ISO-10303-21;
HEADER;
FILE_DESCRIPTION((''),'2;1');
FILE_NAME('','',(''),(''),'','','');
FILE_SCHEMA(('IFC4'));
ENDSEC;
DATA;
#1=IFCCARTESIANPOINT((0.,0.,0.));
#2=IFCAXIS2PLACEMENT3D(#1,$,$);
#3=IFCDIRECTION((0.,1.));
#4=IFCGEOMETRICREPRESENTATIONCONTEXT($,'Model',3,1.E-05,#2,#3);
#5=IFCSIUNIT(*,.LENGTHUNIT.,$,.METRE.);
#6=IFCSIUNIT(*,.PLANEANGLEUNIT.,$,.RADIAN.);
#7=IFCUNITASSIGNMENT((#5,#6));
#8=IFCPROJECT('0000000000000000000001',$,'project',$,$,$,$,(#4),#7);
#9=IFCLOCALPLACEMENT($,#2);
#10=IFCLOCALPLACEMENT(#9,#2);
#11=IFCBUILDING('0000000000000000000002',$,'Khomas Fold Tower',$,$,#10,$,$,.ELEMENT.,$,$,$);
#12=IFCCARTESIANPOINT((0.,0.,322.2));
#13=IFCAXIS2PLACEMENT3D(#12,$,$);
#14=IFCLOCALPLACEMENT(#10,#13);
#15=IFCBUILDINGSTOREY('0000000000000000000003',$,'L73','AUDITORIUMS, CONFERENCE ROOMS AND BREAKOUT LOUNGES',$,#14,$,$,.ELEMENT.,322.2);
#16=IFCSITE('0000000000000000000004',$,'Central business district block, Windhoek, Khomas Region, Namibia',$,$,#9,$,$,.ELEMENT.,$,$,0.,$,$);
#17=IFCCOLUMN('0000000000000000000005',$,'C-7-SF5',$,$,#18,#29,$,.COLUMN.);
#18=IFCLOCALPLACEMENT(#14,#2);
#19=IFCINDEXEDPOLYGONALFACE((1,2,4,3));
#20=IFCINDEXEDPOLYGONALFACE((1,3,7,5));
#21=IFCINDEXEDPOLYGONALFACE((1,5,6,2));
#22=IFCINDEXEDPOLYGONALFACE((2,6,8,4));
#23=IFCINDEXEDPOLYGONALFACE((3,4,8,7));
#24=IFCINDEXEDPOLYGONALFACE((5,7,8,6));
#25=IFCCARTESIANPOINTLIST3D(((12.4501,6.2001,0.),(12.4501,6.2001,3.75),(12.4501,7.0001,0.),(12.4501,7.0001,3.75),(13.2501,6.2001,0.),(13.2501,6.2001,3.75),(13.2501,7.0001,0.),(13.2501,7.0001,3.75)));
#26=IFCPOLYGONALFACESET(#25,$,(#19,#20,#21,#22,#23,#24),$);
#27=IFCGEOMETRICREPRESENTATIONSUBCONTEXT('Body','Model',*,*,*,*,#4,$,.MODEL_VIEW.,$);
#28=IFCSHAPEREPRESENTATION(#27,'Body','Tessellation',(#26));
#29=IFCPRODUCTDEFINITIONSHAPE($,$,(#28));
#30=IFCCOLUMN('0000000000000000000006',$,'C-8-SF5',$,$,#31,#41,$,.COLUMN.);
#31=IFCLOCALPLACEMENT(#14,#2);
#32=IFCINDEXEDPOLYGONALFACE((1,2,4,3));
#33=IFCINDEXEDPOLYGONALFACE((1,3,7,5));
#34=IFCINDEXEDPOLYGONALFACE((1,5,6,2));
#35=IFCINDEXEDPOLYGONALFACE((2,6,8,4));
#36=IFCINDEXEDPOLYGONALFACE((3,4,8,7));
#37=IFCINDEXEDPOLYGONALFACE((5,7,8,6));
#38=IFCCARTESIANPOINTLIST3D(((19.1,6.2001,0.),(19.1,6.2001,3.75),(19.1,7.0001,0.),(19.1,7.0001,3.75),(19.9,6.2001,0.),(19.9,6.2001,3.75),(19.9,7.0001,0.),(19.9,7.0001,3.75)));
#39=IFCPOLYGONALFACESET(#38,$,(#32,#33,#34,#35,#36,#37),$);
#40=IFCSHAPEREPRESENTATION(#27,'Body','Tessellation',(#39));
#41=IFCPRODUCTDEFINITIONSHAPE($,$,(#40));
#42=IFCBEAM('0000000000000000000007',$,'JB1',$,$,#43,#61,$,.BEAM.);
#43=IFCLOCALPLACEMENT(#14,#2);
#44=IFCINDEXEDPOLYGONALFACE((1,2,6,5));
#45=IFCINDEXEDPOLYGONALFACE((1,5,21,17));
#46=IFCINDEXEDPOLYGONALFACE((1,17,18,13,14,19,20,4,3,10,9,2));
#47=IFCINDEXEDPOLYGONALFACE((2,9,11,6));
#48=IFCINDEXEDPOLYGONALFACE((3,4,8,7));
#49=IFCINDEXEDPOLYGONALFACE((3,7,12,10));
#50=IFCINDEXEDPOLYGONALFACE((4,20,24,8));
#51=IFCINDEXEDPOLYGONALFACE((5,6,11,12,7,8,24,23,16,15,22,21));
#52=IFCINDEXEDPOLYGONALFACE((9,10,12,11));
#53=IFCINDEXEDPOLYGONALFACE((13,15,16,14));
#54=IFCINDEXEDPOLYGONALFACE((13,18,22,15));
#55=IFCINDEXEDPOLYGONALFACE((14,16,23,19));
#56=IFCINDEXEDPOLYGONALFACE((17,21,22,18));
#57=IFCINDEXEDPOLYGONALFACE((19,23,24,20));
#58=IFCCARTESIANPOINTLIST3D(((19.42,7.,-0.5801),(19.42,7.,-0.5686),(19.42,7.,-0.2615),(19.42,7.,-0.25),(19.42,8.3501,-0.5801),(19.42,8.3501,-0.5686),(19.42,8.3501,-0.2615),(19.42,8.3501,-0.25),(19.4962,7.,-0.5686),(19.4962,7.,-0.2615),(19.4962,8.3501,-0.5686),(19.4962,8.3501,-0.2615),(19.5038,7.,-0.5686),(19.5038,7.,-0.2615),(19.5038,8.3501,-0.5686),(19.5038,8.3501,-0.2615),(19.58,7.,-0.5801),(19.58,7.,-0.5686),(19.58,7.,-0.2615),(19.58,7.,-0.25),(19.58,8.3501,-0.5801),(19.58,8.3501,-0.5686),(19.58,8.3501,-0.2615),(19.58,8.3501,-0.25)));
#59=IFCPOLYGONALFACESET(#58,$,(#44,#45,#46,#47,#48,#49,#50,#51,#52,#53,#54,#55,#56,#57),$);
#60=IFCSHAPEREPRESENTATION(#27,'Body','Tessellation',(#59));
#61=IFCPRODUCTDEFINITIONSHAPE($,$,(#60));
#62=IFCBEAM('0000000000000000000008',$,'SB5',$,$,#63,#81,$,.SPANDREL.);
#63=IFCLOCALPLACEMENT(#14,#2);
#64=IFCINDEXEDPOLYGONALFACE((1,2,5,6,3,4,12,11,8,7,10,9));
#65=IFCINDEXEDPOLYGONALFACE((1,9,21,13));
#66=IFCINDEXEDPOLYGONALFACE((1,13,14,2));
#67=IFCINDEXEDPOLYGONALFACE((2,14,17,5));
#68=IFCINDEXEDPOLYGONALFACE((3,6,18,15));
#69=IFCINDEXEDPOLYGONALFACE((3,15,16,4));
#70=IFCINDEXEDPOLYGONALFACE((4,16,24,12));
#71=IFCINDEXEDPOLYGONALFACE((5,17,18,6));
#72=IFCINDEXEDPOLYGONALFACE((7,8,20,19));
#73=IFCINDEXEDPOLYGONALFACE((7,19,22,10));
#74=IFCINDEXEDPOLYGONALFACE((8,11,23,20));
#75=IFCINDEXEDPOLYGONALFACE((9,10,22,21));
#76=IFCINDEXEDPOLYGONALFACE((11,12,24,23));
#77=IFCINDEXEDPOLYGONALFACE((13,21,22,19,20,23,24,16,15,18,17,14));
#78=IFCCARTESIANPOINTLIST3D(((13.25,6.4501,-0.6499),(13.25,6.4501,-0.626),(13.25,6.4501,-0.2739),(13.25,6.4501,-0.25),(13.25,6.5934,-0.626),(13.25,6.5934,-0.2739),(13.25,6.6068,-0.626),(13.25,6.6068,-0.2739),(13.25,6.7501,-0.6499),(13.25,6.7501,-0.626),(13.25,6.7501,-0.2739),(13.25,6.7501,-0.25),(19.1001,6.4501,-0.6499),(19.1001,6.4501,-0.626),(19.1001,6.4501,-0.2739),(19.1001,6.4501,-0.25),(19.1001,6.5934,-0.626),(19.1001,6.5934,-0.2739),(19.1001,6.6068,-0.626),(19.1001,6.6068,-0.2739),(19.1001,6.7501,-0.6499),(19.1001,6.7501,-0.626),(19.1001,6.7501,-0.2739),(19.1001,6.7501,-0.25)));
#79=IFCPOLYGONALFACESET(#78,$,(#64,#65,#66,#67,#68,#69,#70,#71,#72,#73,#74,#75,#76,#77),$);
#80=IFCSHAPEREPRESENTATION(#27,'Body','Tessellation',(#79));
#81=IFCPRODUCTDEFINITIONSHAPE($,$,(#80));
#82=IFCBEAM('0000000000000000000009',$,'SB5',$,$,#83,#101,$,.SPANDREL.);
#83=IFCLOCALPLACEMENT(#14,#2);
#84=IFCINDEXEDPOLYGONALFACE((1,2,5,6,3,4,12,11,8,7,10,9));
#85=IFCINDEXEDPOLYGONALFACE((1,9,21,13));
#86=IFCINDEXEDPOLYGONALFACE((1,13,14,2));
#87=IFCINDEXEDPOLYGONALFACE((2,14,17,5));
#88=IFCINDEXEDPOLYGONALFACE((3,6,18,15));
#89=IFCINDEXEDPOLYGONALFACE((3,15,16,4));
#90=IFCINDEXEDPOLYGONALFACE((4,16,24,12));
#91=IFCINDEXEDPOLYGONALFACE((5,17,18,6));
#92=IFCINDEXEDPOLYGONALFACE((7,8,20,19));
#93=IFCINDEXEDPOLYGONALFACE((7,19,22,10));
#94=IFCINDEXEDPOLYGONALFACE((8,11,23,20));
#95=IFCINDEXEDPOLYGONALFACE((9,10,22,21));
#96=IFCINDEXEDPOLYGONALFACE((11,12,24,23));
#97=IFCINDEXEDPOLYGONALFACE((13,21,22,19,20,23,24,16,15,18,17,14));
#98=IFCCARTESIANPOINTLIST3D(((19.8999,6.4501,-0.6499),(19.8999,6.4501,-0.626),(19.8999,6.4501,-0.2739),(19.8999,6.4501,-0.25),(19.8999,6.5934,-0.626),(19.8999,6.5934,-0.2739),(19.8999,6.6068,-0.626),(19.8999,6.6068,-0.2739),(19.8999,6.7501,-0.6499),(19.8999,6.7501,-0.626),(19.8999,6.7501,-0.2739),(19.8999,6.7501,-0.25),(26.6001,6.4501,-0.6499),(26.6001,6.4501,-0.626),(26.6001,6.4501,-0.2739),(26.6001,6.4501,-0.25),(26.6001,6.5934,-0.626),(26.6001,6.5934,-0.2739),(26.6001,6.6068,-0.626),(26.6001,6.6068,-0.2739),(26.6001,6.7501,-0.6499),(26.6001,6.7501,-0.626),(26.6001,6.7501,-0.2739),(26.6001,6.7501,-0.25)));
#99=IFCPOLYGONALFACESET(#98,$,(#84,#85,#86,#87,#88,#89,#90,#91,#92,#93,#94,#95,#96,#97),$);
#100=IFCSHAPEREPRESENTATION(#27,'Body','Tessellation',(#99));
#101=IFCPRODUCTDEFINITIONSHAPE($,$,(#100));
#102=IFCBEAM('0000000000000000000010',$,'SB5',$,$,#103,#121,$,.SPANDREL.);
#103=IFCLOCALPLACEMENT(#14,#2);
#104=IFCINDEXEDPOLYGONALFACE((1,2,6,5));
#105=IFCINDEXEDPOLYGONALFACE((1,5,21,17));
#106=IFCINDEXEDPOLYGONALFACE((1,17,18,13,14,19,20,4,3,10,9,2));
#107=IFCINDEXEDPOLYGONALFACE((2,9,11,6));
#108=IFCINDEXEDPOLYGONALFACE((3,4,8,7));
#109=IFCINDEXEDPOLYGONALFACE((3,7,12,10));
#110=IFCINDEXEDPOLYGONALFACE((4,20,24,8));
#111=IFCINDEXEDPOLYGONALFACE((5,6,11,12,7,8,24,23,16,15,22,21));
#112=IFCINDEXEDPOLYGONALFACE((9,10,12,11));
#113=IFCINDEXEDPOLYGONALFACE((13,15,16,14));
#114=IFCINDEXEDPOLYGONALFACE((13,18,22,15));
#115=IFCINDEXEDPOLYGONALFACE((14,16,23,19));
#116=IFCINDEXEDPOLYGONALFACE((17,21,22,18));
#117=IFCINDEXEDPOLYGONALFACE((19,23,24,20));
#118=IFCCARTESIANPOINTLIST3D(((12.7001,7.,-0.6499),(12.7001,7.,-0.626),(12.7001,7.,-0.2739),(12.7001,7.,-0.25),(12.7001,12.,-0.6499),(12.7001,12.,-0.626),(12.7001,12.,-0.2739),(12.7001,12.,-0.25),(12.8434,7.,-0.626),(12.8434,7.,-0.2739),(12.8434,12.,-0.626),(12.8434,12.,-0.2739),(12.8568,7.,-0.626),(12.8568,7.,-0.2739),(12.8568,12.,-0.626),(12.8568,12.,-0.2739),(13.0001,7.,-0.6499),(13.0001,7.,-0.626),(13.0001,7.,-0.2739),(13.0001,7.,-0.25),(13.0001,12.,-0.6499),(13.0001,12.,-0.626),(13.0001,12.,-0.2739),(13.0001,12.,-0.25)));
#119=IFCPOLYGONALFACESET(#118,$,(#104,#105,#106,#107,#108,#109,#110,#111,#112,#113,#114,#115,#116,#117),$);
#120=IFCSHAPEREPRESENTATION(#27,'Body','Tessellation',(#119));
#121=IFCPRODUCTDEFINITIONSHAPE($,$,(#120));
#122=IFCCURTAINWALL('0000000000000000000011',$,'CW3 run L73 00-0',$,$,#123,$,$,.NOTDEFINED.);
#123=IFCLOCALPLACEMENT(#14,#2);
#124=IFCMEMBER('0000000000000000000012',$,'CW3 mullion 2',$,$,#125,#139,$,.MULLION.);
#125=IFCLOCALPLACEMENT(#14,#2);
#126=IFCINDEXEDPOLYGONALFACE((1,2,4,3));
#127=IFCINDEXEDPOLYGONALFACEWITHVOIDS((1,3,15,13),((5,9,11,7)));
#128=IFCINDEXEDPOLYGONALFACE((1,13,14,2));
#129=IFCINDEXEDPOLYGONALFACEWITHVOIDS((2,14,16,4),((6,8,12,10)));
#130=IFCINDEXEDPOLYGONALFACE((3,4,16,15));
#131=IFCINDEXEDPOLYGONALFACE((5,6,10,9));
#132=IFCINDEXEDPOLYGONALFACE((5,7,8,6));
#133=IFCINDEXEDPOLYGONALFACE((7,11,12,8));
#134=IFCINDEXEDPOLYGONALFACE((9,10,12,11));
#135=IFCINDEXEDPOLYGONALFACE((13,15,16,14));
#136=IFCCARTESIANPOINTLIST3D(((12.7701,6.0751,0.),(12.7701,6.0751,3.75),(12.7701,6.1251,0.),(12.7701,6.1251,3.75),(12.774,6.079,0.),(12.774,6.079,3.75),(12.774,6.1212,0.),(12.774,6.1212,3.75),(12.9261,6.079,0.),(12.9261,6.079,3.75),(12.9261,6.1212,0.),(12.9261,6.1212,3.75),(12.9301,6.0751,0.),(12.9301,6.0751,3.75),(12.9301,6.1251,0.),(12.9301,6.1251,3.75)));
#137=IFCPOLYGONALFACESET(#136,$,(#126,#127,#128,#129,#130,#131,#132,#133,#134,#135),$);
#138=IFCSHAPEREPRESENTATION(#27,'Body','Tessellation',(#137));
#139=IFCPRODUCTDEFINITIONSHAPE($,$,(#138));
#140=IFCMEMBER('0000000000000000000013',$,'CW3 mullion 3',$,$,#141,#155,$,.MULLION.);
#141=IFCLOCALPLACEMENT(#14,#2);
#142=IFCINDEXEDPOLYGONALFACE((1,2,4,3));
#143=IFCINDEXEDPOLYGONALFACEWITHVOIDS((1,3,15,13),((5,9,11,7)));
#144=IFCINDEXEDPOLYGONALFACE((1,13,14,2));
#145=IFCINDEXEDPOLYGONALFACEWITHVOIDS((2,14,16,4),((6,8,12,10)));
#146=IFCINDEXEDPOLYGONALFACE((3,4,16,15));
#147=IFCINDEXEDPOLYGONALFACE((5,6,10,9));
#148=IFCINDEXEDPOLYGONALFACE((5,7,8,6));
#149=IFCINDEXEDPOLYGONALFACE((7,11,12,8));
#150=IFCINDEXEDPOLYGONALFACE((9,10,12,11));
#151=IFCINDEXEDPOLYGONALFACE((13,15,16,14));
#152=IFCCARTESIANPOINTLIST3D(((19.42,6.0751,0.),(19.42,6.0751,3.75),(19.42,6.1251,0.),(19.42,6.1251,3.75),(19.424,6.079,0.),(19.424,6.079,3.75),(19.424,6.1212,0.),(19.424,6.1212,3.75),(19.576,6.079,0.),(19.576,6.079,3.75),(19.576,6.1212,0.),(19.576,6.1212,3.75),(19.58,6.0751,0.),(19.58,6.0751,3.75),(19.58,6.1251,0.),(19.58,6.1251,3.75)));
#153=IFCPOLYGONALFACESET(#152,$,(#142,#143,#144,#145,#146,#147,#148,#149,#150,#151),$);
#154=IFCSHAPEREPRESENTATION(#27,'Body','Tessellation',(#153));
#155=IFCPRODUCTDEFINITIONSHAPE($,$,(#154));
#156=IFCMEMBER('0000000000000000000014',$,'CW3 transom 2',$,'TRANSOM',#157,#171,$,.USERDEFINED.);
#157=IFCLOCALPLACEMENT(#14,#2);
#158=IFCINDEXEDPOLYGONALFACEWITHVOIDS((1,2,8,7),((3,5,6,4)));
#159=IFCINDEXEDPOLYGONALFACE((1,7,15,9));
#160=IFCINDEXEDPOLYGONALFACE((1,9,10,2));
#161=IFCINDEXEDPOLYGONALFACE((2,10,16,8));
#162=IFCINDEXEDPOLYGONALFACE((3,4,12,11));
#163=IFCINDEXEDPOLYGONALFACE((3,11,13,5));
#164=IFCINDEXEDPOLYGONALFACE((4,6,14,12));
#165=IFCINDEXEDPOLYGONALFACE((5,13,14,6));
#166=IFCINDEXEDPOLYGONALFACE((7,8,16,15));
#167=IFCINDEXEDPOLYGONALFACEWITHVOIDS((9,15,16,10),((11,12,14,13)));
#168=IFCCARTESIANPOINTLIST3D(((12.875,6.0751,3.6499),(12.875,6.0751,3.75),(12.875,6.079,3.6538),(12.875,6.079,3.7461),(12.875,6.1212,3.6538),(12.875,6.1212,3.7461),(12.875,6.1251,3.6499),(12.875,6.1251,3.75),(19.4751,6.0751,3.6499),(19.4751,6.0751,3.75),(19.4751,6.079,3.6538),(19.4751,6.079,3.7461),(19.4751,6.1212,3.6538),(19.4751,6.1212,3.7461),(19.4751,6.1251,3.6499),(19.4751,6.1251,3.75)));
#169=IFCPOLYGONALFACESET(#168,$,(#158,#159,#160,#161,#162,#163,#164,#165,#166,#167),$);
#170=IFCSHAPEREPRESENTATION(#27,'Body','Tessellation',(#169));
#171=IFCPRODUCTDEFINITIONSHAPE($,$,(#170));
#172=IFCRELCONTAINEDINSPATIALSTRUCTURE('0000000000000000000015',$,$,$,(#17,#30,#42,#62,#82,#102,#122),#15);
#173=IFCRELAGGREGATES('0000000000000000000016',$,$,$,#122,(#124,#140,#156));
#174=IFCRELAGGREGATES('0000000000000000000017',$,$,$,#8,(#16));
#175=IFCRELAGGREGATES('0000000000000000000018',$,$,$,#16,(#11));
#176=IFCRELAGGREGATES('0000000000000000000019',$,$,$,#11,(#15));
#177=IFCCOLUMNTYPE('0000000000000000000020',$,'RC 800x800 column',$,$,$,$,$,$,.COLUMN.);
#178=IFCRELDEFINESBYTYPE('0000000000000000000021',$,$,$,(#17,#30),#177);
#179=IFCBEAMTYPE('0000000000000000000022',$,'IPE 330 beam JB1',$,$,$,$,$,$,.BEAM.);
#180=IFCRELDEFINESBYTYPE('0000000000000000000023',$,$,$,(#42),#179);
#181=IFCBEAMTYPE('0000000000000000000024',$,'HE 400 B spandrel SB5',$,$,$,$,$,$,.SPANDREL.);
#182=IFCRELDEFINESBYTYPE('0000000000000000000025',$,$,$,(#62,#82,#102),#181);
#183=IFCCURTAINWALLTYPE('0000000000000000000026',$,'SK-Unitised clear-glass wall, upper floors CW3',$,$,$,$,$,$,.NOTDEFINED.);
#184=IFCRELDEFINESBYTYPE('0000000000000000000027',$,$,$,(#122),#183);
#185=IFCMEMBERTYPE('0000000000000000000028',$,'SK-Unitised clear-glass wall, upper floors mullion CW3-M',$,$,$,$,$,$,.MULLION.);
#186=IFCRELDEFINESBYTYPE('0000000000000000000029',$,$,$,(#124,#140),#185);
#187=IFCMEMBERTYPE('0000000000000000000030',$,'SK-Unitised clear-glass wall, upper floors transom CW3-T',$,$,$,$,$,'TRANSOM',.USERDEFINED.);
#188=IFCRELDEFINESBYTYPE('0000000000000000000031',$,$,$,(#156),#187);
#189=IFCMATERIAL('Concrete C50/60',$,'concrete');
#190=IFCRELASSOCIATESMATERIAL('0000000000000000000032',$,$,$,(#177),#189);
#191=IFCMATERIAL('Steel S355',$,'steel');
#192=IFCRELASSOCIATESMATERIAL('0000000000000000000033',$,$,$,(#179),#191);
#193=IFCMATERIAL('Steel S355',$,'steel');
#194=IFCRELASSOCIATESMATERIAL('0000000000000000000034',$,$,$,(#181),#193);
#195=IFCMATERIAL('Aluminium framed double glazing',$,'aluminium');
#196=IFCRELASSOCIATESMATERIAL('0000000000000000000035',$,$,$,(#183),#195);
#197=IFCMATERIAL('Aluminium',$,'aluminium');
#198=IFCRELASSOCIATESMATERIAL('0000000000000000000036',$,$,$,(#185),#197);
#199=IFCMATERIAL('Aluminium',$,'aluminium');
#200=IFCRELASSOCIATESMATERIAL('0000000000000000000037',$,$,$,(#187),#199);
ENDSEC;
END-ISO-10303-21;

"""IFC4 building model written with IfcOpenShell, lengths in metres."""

from ifc_helpers import new_model, si_unit, direction, frame, origin, origin_2d, place, context, subcontext, project, spatial, rectangle, hollow_rectangle, i_section, extrude, source, transform, mapped, material, material_profile, profile_set, type_object, element, aggregate, save


model = new_model("IFC4")

# Units and contexts
model_context = context("Model", 3, precision=1e-05, world=origin(), true_north=direction((0.0, 1.0)))
body_context = subcontext(model_context, "Body", "Model", "MODEL_VIEW")
ifc_project = project(units=[si_unit("LENGTHUNIT", "METRE"), si_unit("PLANEANGLEUNIT", "RADIAN")], contexts=[model_context])

# Site, building, storey
site_placement = place(None, origin())
site = spatial("IfcSite", under=ifc_project, at=site_placement, Name="Central business district block, Windhoek, Khomas Region, Namibia", CompositionType="ELEMENT", RefElevation=0.0)
building_placement = place(site_placement, origin())
building = spatial("IfcBuilding", under=site, at=building_placement, Name="Khomas Fold Tower", CompositionType="ELEMENT")
storey_placement = place(building_placement, frame((0.0, 0.0, 322.2)))
storey = spatial("IfcBuildingStorey", under=building, at=storey_placement, Name="L73", Description="AUDITORIUMS, CONFERENCE ROOMS AND BREAKOUT LOUNGES", CompositionType="ELEMENT", Elevation=322.2)

# Columns
ifc_material_1 = material(Name="Concrete C50/60", Category="concrete")
ifc_material_profile_1 = material_profile(ifc_material_1, rectangle(XDim=0.8, YDim=0.8, at=origin_2d()), Name="RC 800x800")
ifc_profile_set_1 = profile_set([ifc_material_profile_1], Name="Concrete C50/60")
column_type = type_object("IfcColumnType", Name="RC 800x800 column", PredefinedType="COLUMN", material=ifc_profile_set_1)
shared_shape_1 = source(origin(), body_context, "Body", "SweptSolid", [
    extrude(rectangle(XDim=0.8, YDim=0.8, at=origin_2d()), origin(), (0.0, 0.0, 1.0), 3.75),
])
for number, where, z_axis, x_axis, name in (
    (1, (12.8501, 6.6001, 0.0), (0.0, 0.0, 1.0), (1.0, 0.0, 0.0), "C-7-SF5"),
    (2, (19.5, 6.6001, 0.0), (0.0, 0.0, 1.0), (1.0, 0.0, 0.0), "C-8-SF5"),
):
    element("IfcColumn", number, at=place(storey_placement, frame(where, z_axis=z_axis, x_axis=x_axis)), inside=storey, type_object=column_type, Name=name, PredefinedType="COLUMN", context=body_context, shape_type="MappedRepresentation", body=[
        mapped(shared_shape_1, transform((0.0, 0.0, 0.0))),
    ])

# Beams
ifc_material_2 = material(Name="Steel S355", Category="steel")
ifc_material_profile_2 = material_profile(ifc_material_2, i_section(OverallWidth=0.1599, OverallDepth=0.3301, WebThickness=0.0076, FlangeThickness=0.0115, at=origin_2d()), Name="IPE 330")
ifc_profile_set_2 = profile_set([ifc_material_profile_2], Name="Steel S355")
beam_type_1 = type_object("IfcBeamType", Name="IPE 330 beam JB1", PredefinedType="BEAM", material=ifc_profile_set_2)
shared_shape_2 = source(origin(), body_context, "Body", "SweptSolid", [
    extrude(i_section(OverallWidth=0.1599, OverallDepth=0.3301, WebThickness=0.0076, FlangeThickness=0.0115, at=origin_2d()), origin(), (0.0, 0.0, 1.0), 1.3501),
])
beam_1_placement = place(storey_placement, frame((19.5, 7.0, -0.415), z_axis=(0.0, 1.0, 0.0), x_axis=(-1.0, 0.0, 0.0)))
element("IfcBeam", 3, at=beam_1_placement, inside=storey, type_object=beam_type_1, Name="JB1", PredefinedType="BEAM", context=body_context, shape_type="MappedRepresentation", body=[
    mapped(shared_shape_2, transform((0.0, 0.0, 0.0))),
])
ifc_material_3 = material(Name="Steel S355", Category="steel")
ifc_material_profile_3 = material_profile(ifc_material_3, i_section(OverallWidth=0.3, OverallDepth=0.3999, WebThickness=0.0134, FlangeThickness=0.0239, at=origin_2d()), Name="HE 400 B")
ifc_profile_set_3 = profile_set([ifc_material_profile_3], Name="Steel S355")
beam_type_2 = type_object("IfcBeamType", Name="HE 400 B spandrel SB5", PredefinedType="SPANDREL", material=ifc_profile_set_3)
shared_shape_3 = source(origin(), body_context, "Body", "SweptSolid", [
    extrude(i_section(OverallWidth=0.3, OverallDepth=0.3999, WebThickness=0.0134, FlangeThickness=0.0239, at=origin_2d()), origin(), (0.0, 0.0, 1.0), 5.8501),
])
beam_2_placement = place(storey_placement, frame((13.25, 6.6001, -0.45), z_axis=(1.0, 0.0, 0.0), x_axis=(0.0, 1.0, 0.0)))
element("IfcBeam", 4, at=beam_2_placement, inside=storey, type_object=beam_type_2, Name="SB5", PredefinedType="SPANDREL", context=body_context, shape_type="MappedRepresentation", body=[
    mapped(shared_shape_3, transform((0.0, 0.0, 0.0))),
])
shared_shape_4 = source(origin(), body_context, "Body", "SweptSolid", [
    extrude(i_section(OverallWidth=0.3, OverallDepth=0.3999, WebThickness=0.0134, FlangeThickness=0.0239, at=origin_2d()), origin(), (0.0, 0.0, 1.0), 6.7002),
])
beam_3_placement = place(storey_placement, frame((19.8999, 6.6001, -0.45), z_axis=(1.0, 0.0, 0.0), x_axis=(0.0, 1.0, 0.0)))
element("IfcBeam", 5, at=beam_3_placement, inside=storey, type_object=beam_type_2, Name="SB5", PredefinedType="SPANDREL", context=body_context, shape_type="MappedRepresentation", body=[
    mapped(shared_shape_4, transform((0.0, 0.0, 0.0))),
])
shared_shape_5 = source(origin(), body_context, "Body", "SweptSolid", [
    extrude(i_section(OverallWidth=0.3, OverallDepth=0.3999, WebThickness=0.0134, FlangeThickness=0.0239, at=origin_2d()), origin(), (0.0, 0.0, 1.0), 5.0),
])
beam_4_placement = place(storey_placement, frame((12.8501, 7.0, -0.45), z_axis=(0.0, 1.0, 0.0), x_axis=(-1.0, 0.0, 0.0)))
element("IfcBeam", 6, at=beam_4_placement, inside=storey, type_object=beam_type_2, Name="SB5", PredefinedType="SPANDREL", context=body_context, shape_type="MappedRepresentation", body=[
    mapped(shared_shape_5, transform((0.0, 0.0, 0.0))),
])

# Curtain wall, members
ifc_material_4 = material(Name="Aluminium framed double glazing", Category="aluminium")
curtain_wall_type = type_object("IfcCurtainWallType", Name="SK-Unitised clear-glass wall, upper floors CW3", PredefinedType="NOTDEFINED", material=ifc_material_4)
curtain_wall_placement = place(storey_placement, origin())
curtain_wall = element("IfcCurtainWall", 7, at=curtain_wall_placement, inside=storey, type_object=curtain_wall_type, Name="CW3 run L73 00-0", PredefinedType="NOTDEFINED")
ifc_material_5 = material(Name="Aluminium", Category="aluminium")
ifc_material_profile_4 = material_profile(ifc_material_5, hollow_rectangle(XDim=0.05, YDim=0.1599, WallThickness=0.0039, at=origin_2d()), Name="SK-Unitised clear-glass wall, upper floors mullion CW3-M")
ifc_profile_set_4 = profile_set([ifc_material_profile_4], Name="Aluminium")
member_type_1 = type_object("IfcMemberType", Name="SK-Unitised clear-glass wall, upper floors mullion CW3-M", PredefinedType="MULLION", material=ifc_profile_set_4)
shared_shape_6 = source(origin(), body_context, "Body", "SweptSolid", [
    extrude(hollow_rectangle(XDim=0.05, YDim=0.1599, WallThickness=0.0039, at=origin_2d()), origin(), (0.0, 0.0, 1.0), 3.75),
])
member_1_placement = place(storey_placement, frame((12.8501, 6.1001, 0.0), z_axis=(0.0, 0.0, 1.0), x_axis=(0.0, 1.0, 0.0)))
member_1 = element("IfcMember", 8, at=member_1_placement, type_object=member_type_1, Name="CW3 mullion 2", PredefinedType="MULLION", context=body_context, shape_type="MappedRepresentation", body=[
    mapped(shared_shape_6, transform((0.0, 0.0, 0.0))),
])
member_2_placement = place(storey_placement, frame((19.5, 6.1001, 0.0), z_axis=(0.0, 0.0, 1.0), x_axis=(0.0, 1.0, 0.0)))
member_2 = element("IfcMember", 9, at=member_2_placement, type_object=member_type_1, Name="CW3 mullion 3", PredefinedType="MULLION", context=body_context, shape_type="MappedRepresentation", body=[
    mapped(shared_shape_6, transform((0.0, 0.0, 0.0))),
])
ifc_material_6 = material(Name="Aluminium", Category="aluminium")
ifc_material_profile_5 = material_profile(ifc_material_6, hollow_rectangle(XDim=0.05, YDim=0.1001, WallThickness=0.0039, at=origin_2d()), Name="SK-Unitised clear-glass wall, upper floors transom CW3-T")
ifc_profile_set_5 = profile_set([ifc_material_profile_5], Name="Aluminium")
member_type_2 = type_object("IfcMemberType", Name="SK-Unitised clear-glass wall, upper floors transom CW3-T", ElementType="TRANSOM", PredefinedType="USERDEFINED", material=ifc_profile_set_5)
shared_shape_7 = source(origin(), body_context, "Body", "SweptSolid", [
    extrude(hollow_rectangle(XDim=0.05, YDim=0.1001, WallThickness=0.0039, at=origin_2d()), origin(), (0.0, 0.0, 1.0), 6.6001),
])
member_3_placement = place(storey_placement, frame((12.875, 6.1001, 3.7), z_axis=(1.0, 0.0, 0.0), x_axis=(0.0, 1.0, 0.0)))
member_3 = element("IfcMember", 10, at=member_3_placement, type_object=member_type_2, Name="CW3 transom 2", ObjectType="TRANSOM", PredefinedType="USERDEFINED", context=body_context, shape_type="MappedRepresentation", body=[
    mapped(shared_shape_7, transform((0.0, 0.0, 0.0))),
])
aggregate(curtain_wall, [member_1, member_2, member_3])

save(model, "model.ifc")
